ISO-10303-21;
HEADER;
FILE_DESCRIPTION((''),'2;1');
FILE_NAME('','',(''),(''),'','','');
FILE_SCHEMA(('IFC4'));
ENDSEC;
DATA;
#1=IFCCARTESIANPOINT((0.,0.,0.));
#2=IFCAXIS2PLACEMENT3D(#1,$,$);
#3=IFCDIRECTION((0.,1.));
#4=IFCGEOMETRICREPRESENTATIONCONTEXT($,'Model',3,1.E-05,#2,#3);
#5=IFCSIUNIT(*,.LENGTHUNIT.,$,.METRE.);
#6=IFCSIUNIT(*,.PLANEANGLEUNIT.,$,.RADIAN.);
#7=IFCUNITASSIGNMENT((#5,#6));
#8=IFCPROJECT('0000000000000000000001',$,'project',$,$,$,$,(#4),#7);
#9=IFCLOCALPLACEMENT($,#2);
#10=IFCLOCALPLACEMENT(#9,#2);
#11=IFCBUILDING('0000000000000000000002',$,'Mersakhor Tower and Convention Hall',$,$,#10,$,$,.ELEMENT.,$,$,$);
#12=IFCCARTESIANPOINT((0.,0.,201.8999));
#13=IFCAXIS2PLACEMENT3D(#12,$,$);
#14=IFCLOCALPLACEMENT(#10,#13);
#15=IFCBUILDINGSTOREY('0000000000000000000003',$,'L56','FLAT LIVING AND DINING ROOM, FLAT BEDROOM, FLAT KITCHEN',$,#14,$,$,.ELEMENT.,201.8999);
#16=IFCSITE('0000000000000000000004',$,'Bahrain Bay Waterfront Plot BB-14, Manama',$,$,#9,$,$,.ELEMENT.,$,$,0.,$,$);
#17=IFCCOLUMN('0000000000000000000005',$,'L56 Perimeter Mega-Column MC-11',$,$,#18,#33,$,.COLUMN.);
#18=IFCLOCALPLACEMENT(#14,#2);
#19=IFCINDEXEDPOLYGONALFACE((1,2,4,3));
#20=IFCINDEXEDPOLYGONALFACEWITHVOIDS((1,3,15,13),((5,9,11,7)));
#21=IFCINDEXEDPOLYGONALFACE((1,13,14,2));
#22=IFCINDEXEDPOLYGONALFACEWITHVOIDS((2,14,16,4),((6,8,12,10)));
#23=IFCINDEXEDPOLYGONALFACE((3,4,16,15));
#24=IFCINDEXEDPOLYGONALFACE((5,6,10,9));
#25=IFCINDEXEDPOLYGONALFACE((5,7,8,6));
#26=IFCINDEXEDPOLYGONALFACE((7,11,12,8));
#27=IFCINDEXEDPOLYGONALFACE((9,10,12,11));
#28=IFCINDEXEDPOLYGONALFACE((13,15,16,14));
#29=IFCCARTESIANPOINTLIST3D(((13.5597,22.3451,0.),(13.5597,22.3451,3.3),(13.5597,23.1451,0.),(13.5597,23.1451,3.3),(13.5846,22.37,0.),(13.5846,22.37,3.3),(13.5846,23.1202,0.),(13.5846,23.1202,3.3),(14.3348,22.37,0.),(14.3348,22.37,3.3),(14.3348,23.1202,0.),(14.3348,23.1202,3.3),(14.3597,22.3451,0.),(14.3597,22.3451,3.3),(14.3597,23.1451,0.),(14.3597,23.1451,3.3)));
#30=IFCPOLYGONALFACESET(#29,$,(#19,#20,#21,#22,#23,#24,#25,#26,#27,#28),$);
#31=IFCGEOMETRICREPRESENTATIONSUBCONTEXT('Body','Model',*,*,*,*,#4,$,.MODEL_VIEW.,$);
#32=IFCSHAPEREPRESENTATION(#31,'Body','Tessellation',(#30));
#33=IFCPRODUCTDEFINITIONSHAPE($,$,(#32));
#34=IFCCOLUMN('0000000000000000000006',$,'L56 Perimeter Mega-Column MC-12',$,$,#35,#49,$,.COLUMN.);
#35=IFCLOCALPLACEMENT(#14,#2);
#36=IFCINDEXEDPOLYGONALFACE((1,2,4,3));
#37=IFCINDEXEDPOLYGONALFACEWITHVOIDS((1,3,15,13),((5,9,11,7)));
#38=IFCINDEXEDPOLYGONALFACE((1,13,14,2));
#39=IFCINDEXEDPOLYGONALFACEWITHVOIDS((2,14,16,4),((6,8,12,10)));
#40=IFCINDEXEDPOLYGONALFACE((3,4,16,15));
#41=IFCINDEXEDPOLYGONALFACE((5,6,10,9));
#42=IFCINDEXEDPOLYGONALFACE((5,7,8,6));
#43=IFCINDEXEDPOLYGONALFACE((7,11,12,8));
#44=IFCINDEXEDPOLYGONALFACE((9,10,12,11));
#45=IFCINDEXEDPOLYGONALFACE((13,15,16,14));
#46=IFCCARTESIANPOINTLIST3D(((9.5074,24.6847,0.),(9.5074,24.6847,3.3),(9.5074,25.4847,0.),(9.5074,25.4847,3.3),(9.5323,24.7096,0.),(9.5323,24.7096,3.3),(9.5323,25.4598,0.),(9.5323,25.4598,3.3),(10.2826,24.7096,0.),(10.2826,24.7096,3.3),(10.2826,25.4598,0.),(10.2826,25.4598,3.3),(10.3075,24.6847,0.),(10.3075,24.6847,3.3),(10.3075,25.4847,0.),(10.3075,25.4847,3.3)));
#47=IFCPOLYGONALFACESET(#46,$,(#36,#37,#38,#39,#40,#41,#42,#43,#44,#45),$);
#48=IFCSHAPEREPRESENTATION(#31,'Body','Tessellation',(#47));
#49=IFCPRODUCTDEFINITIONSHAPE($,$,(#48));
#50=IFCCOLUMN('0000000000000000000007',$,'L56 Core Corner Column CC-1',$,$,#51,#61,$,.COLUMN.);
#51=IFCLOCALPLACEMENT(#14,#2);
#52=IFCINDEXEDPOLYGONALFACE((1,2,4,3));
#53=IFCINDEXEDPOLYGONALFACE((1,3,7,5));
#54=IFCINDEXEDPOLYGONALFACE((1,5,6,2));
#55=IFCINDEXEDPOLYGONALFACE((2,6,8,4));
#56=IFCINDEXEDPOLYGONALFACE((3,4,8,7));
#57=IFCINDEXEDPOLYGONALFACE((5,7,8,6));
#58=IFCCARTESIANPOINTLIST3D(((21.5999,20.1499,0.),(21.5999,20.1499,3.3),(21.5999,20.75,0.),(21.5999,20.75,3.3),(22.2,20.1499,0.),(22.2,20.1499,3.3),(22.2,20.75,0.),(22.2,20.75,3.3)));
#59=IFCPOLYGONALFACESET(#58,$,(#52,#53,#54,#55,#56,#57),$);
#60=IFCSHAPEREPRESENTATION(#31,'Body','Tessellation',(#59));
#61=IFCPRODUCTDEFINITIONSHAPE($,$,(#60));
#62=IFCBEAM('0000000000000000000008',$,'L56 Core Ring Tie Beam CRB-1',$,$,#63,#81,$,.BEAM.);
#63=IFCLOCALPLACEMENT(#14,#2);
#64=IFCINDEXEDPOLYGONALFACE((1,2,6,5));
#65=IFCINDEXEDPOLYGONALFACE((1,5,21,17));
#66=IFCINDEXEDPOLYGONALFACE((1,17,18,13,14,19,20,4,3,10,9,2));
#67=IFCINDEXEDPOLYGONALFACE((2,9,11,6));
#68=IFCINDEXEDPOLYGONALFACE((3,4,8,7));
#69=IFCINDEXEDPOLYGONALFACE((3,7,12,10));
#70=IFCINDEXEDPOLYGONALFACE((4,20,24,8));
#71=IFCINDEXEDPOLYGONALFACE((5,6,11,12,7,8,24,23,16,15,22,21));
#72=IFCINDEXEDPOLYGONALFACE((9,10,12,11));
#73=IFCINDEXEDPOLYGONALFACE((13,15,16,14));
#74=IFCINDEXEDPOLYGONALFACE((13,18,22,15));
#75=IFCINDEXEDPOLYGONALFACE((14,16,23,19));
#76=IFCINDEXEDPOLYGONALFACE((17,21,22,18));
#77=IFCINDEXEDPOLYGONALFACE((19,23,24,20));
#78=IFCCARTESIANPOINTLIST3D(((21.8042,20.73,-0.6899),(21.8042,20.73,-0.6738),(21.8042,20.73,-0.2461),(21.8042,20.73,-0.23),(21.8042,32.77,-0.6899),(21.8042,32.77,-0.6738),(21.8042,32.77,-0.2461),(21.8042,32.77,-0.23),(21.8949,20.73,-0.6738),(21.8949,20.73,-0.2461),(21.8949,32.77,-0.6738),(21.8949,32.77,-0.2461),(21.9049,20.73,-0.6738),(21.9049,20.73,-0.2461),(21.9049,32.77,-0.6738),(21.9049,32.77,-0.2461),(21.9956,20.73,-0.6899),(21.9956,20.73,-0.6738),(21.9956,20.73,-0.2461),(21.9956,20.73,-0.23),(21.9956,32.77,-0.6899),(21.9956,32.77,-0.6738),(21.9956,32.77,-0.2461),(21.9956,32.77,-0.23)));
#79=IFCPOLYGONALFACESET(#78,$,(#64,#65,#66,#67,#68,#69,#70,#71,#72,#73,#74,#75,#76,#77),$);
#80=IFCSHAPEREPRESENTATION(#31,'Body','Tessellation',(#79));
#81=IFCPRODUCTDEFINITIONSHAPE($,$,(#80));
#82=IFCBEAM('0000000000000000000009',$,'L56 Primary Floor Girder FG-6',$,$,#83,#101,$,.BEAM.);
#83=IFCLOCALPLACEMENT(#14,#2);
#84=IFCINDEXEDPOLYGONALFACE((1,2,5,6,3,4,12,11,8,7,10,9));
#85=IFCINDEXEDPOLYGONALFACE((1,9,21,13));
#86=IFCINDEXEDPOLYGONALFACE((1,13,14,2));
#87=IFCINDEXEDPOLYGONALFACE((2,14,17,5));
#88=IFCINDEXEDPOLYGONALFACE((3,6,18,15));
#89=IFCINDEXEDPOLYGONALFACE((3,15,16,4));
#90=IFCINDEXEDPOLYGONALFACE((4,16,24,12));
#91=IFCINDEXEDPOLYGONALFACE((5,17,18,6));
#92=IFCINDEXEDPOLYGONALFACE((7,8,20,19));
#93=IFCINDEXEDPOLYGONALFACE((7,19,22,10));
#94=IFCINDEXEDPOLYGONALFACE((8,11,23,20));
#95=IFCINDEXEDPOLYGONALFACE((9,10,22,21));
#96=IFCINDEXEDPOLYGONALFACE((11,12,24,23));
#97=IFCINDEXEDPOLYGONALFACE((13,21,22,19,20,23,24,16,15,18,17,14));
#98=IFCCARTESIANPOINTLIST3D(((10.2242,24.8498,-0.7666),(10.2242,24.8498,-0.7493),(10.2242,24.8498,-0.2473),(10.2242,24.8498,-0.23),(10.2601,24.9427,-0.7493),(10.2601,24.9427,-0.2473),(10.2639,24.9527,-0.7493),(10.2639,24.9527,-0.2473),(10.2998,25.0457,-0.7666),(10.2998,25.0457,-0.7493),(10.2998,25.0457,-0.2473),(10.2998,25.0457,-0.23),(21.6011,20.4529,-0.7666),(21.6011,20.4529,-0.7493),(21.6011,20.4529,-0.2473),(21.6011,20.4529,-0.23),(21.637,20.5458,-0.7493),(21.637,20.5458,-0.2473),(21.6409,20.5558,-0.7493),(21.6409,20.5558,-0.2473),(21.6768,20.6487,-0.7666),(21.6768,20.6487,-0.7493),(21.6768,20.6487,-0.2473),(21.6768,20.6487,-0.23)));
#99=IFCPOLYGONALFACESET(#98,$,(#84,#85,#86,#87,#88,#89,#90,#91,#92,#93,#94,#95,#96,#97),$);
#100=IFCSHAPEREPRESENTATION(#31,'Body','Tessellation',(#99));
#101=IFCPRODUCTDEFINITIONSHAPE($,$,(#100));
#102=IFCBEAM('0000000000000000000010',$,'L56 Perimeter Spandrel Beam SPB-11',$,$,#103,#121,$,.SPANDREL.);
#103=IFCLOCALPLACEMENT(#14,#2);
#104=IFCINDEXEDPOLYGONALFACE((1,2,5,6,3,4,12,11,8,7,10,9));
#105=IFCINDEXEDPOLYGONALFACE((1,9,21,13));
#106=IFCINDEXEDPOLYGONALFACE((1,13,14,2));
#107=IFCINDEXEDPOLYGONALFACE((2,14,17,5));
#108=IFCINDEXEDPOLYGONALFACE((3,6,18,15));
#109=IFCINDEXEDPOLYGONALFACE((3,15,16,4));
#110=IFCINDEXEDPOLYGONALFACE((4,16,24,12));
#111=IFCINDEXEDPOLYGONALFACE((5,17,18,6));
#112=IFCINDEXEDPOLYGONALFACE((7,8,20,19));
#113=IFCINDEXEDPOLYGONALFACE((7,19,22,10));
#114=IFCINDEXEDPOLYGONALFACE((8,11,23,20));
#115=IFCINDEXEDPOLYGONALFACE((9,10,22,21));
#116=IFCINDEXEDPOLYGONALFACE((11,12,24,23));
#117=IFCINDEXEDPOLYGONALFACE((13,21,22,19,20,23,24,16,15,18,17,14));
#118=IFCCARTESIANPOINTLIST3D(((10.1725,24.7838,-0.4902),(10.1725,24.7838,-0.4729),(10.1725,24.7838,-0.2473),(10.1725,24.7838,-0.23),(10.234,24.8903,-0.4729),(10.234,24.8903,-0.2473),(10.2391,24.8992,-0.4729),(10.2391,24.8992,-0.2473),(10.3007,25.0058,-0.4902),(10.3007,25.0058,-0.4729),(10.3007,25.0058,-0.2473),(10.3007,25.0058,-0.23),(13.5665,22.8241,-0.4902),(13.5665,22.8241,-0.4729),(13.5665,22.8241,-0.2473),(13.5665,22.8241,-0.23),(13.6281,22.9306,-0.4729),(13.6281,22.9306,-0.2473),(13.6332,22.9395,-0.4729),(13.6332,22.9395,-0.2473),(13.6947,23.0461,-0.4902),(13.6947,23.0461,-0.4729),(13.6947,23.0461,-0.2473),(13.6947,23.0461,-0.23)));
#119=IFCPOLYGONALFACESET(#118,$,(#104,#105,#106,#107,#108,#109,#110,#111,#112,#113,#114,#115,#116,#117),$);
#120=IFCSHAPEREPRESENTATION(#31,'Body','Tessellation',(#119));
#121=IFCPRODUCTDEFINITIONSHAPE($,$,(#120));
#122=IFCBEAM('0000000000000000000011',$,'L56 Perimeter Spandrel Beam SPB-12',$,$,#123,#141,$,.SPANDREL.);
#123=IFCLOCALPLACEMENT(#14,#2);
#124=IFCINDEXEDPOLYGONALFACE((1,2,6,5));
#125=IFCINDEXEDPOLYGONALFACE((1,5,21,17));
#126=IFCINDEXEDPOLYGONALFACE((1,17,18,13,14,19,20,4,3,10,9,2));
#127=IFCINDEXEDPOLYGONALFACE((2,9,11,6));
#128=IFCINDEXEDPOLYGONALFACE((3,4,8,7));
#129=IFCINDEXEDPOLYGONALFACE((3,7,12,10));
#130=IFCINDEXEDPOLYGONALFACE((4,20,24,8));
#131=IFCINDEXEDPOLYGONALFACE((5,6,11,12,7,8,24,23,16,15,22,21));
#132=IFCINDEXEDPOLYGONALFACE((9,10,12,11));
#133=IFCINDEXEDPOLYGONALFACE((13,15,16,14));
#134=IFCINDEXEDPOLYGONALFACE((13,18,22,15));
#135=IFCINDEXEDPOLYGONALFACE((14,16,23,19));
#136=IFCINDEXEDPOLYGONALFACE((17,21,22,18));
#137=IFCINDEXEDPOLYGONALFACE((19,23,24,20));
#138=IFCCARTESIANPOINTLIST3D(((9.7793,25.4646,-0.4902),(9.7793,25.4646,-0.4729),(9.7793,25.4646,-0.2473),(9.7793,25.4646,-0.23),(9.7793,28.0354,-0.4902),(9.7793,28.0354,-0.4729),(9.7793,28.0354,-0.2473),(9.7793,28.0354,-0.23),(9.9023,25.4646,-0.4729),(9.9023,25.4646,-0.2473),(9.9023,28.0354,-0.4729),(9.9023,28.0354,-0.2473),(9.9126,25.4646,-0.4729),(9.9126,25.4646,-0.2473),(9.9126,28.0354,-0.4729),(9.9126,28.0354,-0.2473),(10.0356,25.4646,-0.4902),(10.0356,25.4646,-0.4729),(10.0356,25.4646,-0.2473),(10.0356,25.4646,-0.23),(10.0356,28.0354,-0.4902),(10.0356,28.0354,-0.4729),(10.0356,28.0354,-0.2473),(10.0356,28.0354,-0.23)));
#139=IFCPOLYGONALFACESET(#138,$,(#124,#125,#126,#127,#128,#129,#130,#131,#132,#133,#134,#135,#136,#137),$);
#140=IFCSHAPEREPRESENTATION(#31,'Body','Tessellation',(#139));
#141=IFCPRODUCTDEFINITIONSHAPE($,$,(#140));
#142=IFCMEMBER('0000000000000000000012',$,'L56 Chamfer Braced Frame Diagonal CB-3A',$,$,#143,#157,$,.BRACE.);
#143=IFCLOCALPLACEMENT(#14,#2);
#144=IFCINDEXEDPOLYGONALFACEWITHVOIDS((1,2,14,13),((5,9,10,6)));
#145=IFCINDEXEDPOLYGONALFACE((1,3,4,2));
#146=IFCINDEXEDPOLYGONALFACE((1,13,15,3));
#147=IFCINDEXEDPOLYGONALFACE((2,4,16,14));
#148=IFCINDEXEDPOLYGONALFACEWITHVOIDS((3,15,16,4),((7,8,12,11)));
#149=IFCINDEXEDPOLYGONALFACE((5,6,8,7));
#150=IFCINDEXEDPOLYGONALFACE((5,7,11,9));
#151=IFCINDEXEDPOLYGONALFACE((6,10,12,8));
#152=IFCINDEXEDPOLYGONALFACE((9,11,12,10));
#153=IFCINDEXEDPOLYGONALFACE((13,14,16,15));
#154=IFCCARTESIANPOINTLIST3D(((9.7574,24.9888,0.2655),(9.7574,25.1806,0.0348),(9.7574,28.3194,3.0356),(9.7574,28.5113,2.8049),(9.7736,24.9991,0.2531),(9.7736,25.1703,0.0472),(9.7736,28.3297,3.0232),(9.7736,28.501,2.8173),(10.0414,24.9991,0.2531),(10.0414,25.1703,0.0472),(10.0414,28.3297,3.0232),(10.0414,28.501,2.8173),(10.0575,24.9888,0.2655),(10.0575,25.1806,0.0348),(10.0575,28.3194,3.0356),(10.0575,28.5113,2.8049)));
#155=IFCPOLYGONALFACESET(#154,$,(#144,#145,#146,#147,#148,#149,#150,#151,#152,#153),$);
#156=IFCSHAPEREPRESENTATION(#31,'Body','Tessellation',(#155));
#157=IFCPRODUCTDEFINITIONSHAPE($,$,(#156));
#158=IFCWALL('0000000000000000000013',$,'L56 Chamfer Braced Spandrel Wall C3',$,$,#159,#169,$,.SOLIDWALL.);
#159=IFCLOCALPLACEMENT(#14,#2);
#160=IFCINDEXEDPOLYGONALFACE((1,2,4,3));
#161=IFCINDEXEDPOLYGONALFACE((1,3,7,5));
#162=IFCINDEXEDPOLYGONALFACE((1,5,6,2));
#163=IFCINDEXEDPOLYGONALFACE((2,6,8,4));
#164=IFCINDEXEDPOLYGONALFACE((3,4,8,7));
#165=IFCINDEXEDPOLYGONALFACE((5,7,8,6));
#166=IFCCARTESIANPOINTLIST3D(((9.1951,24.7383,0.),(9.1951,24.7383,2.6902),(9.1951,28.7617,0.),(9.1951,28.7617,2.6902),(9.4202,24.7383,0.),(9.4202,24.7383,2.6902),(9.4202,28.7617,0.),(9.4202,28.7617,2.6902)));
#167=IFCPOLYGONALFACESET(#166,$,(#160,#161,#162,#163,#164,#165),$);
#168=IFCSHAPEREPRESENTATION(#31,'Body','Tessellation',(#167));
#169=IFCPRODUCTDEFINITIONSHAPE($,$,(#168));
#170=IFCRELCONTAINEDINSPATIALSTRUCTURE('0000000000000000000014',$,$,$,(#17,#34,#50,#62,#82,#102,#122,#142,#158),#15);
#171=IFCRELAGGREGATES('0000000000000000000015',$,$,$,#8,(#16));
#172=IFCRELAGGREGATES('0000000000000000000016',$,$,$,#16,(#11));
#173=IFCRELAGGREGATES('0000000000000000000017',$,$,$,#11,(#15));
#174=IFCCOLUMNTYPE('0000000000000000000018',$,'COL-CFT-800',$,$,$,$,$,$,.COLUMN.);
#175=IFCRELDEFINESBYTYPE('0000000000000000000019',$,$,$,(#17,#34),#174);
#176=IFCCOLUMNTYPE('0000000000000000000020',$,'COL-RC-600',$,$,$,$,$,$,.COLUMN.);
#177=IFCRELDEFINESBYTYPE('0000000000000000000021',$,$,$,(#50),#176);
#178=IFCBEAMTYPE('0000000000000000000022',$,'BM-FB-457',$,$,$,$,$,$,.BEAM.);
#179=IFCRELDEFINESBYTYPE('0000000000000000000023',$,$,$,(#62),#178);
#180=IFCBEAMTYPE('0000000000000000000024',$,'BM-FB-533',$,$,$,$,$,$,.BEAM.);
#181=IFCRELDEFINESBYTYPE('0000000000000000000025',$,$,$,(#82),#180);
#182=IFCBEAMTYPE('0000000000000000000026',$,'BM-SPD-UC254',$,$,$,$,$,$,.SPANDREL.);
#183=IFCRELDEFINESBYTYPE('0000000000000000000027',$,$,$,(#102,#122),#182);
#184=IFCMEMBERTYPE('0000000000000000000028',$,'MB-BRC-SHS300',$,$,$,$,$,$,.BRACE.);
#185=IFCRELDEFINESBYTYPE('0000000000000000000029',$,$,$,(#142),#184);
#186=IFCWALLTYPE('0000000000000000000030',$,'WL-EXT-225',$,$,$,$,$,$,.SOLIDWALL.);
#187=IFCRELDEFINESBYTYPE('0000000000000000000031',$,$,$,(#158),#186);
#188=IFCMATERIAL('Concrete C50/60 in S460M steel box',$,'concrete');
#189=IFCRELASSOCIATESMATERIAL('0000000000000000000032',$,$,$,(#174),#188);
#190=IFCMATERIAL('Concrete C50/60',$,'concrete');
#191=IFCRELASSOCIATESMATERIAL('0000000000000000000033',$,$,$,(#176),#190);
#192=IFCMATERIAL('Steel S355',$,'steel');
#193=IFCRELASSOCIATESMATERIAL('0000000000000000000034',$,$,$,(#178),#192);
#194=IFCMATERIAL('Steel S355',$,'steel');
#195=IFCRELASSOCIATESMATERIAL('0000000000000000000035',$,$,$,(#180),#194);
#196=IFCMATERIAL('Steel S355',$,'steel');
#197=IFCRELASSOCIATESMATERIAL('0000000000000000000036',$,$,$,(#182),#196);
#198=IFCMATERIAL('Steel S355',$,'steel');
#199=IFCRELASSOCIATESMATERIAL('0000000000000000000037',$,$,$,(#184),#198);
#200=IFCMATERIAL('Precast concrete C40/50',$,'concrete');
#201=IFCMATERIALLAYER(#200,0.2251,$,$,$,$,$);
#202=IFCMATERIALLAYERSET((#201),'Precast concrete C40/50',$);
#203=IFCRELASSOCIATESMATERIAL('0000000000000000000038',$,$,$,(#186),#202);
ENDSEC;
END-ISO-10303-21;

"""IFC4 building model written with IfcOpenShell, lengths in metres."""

from ifc_helpers import new_model, si_unit, direction, frame, frame_2d, origin, origin_2d, place, context, subcontext, project, spatial, rectangle, hollow_rectangle, i_section, extrude, material, layer, layer_set, material_profile, profile_set, type_object, element, save


model = new_model("IFC4")

# Units and contexts
model_context = context("Model", 3, precision=1e-05, world=origin(), true_north=direction((0.0, 1.0)))
body_context = subcontext(model_context, "Body", "Model", "MODEL_VIEW")
ifc_project = project(units=[si_unit("LENGTHUNIT", "METRE"), si_unit("PLANEANGLEUNIT", "RADIAN")], contexts=[model_context])

# Site, building, storey
site_placement = place(None, origin())
site = spatial("IfcSite", under=ifc_project, at=site_placement, Name="Bahrain Bay Waterfront Plot BB-14, Manama", CompositionType="ELEMENT", RefElevation=0.0)
building_placement = place(site_placement, origin())
building = spatial("IfcBuilding", under=site, at=building_placement, Name="Mersakhor Tower and Convention Hall", CompositionType="ELEMENT")
storey_placement = place(building_placement, frame((0.0, 0.0, 201.8999)))
storey = spatial("IfcBuildingStorey", under=building, at=storey_placement, Name="L56", Description="FLAT LIVING AND DINING ROOM, FLAT BEDROOM, FLAT KITCHEN", CompositionType="ELEMENT", Elevation=201.8999)

# Columns
ifc_material_1 = material(Name="Concrete C50/60 in S460M steel box", Category="concrete")
ifc_material_profile_1 = material_profile(ifc_material_1, hollow_rectangle(XDim=0.8, YDim=0.8, WallThickness=0.0249, at=origin_2d()), Name="SHS 800x800x25")
ifc_profile_set_1 = profile_set([ifc_material_profile_1], Name="Concrete C50/60 in S460M steel box")
column_type_1 = type_object("IfcColumnType", Name="COL-CFT-800", PredefinedType="COLUMN", material=ifc_profile_set_1)
for number, where, z_axis, x_axis, name in (
    (1, (13.9597, 22.7451, 0.0), (0.0, 0.0, 1.0), (1.0, 0.0, 0.0), "L56 Perimeter Mega-Column MC-11"),
    (2, (9.9075, 25.0847, 0.0), (0.0, 0.0, 1.0), (1.0, 0.0, 0.0), "L56 Perimeter Mega-Column MC-12"),
):
    element("IfcColumn", number, at=place(storey_placement, frame(where, z_axis=z_axis, x_axis=x_axis)), inside=storey, type_object=column_type_1, Name=name, PredefinedType="COLUMN", context=body_context, shape_type="SweptSolid", body=[
        extrude(hollow_rectangle(XDim=0.8, YDim=0.8, WallThickness=0.0249, at=origin_2d()), origin(), (0.0, 0.0, 1.0), 3.3),
    ])
ifc_material_2 = material(Name="Concrete C50/60", Category="concrete")
ifc_material_profile_2 = material_profile(ifc_material_2, rectangle(XDim=0.6001, YDim=0.6001, at=origin_2d()), Name="RC 600x600")
ifc_profile_set_2 = profile_set([ifc_material_profile_2], Name="Concrete C50/60")
column_type_2 = type_object("IfcColumnType", Name="COL-RC-600", PredefinedType="COLUMN", material=ifc_profile_set_2)
column_placement = place(storey_placement, frame((21.8999, 20.45, 0.0), z_axis=(0.0, 0.0, 1.0), x_axis=(1.0, 0.0, 0.0)))
element("IfcColumn", 3, at=column_placement, inside=storey, type_object=column_type_2, Name="L56 Core Corner Column CC-1", PredefinedType="COLUMN", context=body_context, shape_type="SweptSolid", body=[
    extrude(rectangle(XDim=0.6001, YDim=0.6001, at=origin_2d()), origin(), (0.0, 0.0, 1.0), 3.3),
])

# Beams
ifc_material_3 = material(Name="Steel S355", Category="steel")
ifc_material_profile_3 = material_profile(ifc_material_3, i_section(OverallWidth=0.1914, OverallDepth=0.46, WebThickness=0.01, FlangeThickness=0.0161, at=origin_2d()), Name="UB 457x191x82")
ifc_profile_set_3 = profile_set([ifc_material_profile_3], Name="Steel S355")
beam_type_1 = type_object("IfcBeamType", Name="BM-FB-457", PredefinedType="BEAM", material=ifc_profile_set_3)
beam_1_placement = place(storey_placement, frame((21.8999, 20.73, -0.46), z_axis=(0.0, 1.0, 0.0), x_axis=(-1.0, 0.0, 0.0)))
element("IfcBeam", 4, at=beam_1_placement, inside=storey, type_object=beam_type_1, Name="L56 Core Ring Tie Beam CRB-1", PredefinedType="BEAM", context=body_context, shape_type="SweptSolid", body=[
    extrude(i_section(OverallWidth=0.1914, OverallDepth=0.46, WebThickness=0.01, FlangeThickness=0.0161, at=origin_2d()), origin(), (0.0, 0.0, 1.0), 12.04),
])
ifc_material_4 = material(Name="Steel S355", Category="steel")
ifc_material_profile_4 = material_profile(ifc_material_4, i_section(OverallWidth=0.21, OverallDepth=0.5366, WebThickness=0.0107, FlangeThickness=0.0173, at=origin_2d()), Name="UB 533x210x101")
ifc_profile_set_4 = profile_set([ifc_material_profile_4], Name="Steel S355")
beam_type_2 = type_object("IfcBeamType", Name="BM-FB-533", PredefinedType="BEAM", material=ifc_profile_set_4)
beam_2_placement = place(storey_placement, frame((21.6389, 20.5508, -0.4983), z_axis=(-0.932761, 0.360494, 0.0), x_axis=(-0.360494, -0.932761, 0.0)))
element("IfcBeam", 5, at=beam_2_placement, inside=storey, type_object=beam_type_2, Name="L56 Primary Floor Girder FG-6", PredefinedType="BEAM", context=body_context, shape_type="SweptSolid", body=[
    extrude(i_section(OverallWidth=0.21, OverallDepth=0.5366, WebThickness=0.0107, FlangeThickness=0.0173, at=origin_2d()), origin(), (0.0, 0.0, 1.0), 12.197),
])
ifc_material_5 = material(Name="Steel S355", Category="steel")
ifc_material_profile_5 = material_profile(ifc_material_5, i_section(OverallWidth=0.2563, OverallDepth=0.2603, WebThickness=0.0103, FlangeThickness=0.0173, at=origin_2d()), Name="UC 254x254x89")
ifc_profile_set_5 = profile_set([ifc_material_profile_5], Name="Steel S355")
beam_type_3 = type_object("IfcBeamType", Name="BM-SPD-UC254", PredefinedType="SPANDREL", material=ifc_profile_set_5)
beam_3_placement = place(storey_placement, frame((13.6306, 22.9351, -0.3601), z_axis=(-0.866007, 0.500032, 0.0), x_axis=(-0.500032, -0.866007, 0.0)))
element("IfcBeam", 6, at=beam_3_placement, inside=storey, type_object=beam_type_3, Name="L56 Perimeter Spandrel Beam SPB-11", PredefinedType="SPANDREL", context=body_context, shape_type="SweptSolid", body=[
    extrude(i_section(OverallWidth=0.2563, OverallDepth=0.2603, WebThickness=0.0103, FlangeThickness=0.0173, at=origin_2d()), origin(), (0.0, 0.0, 1.0), 3.9192),
])
beam_4_placement = place(storey_placement, frame((9.9075, 25.4646, -0.3601), z_axis=(0.0, 1.0, 0.0), x_axis=(-1.0, 0.0, 0.0)))
element("IfcBeam", 7, at=beam_4_placement, inside=storey, type_object=beam_type_3, Name="L56 Perimeter Spandrel Beam SPB-12", PredefinedType="SPANDREL", context=body_context, shape_type="SweptSolid", body=[
    extrude(i_section(OverallWidth=0.2563, OverallDepth=0.2603, WebThickness=0.0103, FlangeThickness=0.0173, at=origin_2d()), origin(), (0.0, 0.0, 1.0), 2.5708),
])

# Member
ifc_material_6 = material(Name="Steel S355", Category="steel")
ifc_material_profile_6 = material_profile(ifc_material_6, hollow_rectangle(XDim=0.3, YDim=0.3, WallThickness=0.0161, at=origin_2d()), Name="SHS 300x300x16")
ifc_profile_set_6 = profile_set([ifc_material_profile_6], Name="Steel S355")
member_type = type_object("IfcMemberType", Name="MB-BRC-SHS300", PredefinedType="BRACE", material=ifc_profile_set_6)
member_placement = place(storey_placement, frame((9.9075, 25.0847, 0.1501), z_axis=(0.0, 0.76884, 0.639441), x_axis=(-1.0, 0.0, 0.0)))
element("IfcMember", 8, at=member_placement, inside=storey, type_object=member_type, Name="L56 Chamfer Braced Frame Diagonal CB-3A", PredefinedType="BRACE", context=body_context, shape_type="SweptSolid", body=[
    extrude(hollow_rectangle(XDim=0.3, YDim=0.3, WallThickness=0.0161, at=origin_2d()), origin(), (0.0, 0.0, 1.0), 4.332),
])

# Wall
ifc_material_7 = material(Name="Precast concrete C40/50", Category="concrete")
ifc_layer_1 = layer(ifc_material_7, 0.2251)
ifc_layer_set_1 = layer_set([ifc_layer_1], Name="Precast concrete C40/50")
wall_type_1 = type_object("IfcWallType", Name="WL-EXT-225", PredefinedType="SOLIDWALL", material=ifc_layer_set_1)
wall_1_placement = place(storey_placement, frame((9.3076, 24.7383, 0.0), z_axis=(0.0, 0.0, 1.0), x_axis=(0.0, 1.0, 0.0)))
element("IfcWall", 9, at=wall_1_placement, inside=storey, type_object=wall_type_1, Name="L56 Chamfer Braced Spandrel Wall C3", PredefinedType="SOLIDWALL", context=body_context, shape_type="SweptSolid", body=[
    extrude(rectangle(XDim=4.0234, YDim=0.2251, at=frame_2d((2.0117, 0.0))), origin(), (0.0, 0.0, 1.0), 2.6902),
])

save(model, "model.ifc")
